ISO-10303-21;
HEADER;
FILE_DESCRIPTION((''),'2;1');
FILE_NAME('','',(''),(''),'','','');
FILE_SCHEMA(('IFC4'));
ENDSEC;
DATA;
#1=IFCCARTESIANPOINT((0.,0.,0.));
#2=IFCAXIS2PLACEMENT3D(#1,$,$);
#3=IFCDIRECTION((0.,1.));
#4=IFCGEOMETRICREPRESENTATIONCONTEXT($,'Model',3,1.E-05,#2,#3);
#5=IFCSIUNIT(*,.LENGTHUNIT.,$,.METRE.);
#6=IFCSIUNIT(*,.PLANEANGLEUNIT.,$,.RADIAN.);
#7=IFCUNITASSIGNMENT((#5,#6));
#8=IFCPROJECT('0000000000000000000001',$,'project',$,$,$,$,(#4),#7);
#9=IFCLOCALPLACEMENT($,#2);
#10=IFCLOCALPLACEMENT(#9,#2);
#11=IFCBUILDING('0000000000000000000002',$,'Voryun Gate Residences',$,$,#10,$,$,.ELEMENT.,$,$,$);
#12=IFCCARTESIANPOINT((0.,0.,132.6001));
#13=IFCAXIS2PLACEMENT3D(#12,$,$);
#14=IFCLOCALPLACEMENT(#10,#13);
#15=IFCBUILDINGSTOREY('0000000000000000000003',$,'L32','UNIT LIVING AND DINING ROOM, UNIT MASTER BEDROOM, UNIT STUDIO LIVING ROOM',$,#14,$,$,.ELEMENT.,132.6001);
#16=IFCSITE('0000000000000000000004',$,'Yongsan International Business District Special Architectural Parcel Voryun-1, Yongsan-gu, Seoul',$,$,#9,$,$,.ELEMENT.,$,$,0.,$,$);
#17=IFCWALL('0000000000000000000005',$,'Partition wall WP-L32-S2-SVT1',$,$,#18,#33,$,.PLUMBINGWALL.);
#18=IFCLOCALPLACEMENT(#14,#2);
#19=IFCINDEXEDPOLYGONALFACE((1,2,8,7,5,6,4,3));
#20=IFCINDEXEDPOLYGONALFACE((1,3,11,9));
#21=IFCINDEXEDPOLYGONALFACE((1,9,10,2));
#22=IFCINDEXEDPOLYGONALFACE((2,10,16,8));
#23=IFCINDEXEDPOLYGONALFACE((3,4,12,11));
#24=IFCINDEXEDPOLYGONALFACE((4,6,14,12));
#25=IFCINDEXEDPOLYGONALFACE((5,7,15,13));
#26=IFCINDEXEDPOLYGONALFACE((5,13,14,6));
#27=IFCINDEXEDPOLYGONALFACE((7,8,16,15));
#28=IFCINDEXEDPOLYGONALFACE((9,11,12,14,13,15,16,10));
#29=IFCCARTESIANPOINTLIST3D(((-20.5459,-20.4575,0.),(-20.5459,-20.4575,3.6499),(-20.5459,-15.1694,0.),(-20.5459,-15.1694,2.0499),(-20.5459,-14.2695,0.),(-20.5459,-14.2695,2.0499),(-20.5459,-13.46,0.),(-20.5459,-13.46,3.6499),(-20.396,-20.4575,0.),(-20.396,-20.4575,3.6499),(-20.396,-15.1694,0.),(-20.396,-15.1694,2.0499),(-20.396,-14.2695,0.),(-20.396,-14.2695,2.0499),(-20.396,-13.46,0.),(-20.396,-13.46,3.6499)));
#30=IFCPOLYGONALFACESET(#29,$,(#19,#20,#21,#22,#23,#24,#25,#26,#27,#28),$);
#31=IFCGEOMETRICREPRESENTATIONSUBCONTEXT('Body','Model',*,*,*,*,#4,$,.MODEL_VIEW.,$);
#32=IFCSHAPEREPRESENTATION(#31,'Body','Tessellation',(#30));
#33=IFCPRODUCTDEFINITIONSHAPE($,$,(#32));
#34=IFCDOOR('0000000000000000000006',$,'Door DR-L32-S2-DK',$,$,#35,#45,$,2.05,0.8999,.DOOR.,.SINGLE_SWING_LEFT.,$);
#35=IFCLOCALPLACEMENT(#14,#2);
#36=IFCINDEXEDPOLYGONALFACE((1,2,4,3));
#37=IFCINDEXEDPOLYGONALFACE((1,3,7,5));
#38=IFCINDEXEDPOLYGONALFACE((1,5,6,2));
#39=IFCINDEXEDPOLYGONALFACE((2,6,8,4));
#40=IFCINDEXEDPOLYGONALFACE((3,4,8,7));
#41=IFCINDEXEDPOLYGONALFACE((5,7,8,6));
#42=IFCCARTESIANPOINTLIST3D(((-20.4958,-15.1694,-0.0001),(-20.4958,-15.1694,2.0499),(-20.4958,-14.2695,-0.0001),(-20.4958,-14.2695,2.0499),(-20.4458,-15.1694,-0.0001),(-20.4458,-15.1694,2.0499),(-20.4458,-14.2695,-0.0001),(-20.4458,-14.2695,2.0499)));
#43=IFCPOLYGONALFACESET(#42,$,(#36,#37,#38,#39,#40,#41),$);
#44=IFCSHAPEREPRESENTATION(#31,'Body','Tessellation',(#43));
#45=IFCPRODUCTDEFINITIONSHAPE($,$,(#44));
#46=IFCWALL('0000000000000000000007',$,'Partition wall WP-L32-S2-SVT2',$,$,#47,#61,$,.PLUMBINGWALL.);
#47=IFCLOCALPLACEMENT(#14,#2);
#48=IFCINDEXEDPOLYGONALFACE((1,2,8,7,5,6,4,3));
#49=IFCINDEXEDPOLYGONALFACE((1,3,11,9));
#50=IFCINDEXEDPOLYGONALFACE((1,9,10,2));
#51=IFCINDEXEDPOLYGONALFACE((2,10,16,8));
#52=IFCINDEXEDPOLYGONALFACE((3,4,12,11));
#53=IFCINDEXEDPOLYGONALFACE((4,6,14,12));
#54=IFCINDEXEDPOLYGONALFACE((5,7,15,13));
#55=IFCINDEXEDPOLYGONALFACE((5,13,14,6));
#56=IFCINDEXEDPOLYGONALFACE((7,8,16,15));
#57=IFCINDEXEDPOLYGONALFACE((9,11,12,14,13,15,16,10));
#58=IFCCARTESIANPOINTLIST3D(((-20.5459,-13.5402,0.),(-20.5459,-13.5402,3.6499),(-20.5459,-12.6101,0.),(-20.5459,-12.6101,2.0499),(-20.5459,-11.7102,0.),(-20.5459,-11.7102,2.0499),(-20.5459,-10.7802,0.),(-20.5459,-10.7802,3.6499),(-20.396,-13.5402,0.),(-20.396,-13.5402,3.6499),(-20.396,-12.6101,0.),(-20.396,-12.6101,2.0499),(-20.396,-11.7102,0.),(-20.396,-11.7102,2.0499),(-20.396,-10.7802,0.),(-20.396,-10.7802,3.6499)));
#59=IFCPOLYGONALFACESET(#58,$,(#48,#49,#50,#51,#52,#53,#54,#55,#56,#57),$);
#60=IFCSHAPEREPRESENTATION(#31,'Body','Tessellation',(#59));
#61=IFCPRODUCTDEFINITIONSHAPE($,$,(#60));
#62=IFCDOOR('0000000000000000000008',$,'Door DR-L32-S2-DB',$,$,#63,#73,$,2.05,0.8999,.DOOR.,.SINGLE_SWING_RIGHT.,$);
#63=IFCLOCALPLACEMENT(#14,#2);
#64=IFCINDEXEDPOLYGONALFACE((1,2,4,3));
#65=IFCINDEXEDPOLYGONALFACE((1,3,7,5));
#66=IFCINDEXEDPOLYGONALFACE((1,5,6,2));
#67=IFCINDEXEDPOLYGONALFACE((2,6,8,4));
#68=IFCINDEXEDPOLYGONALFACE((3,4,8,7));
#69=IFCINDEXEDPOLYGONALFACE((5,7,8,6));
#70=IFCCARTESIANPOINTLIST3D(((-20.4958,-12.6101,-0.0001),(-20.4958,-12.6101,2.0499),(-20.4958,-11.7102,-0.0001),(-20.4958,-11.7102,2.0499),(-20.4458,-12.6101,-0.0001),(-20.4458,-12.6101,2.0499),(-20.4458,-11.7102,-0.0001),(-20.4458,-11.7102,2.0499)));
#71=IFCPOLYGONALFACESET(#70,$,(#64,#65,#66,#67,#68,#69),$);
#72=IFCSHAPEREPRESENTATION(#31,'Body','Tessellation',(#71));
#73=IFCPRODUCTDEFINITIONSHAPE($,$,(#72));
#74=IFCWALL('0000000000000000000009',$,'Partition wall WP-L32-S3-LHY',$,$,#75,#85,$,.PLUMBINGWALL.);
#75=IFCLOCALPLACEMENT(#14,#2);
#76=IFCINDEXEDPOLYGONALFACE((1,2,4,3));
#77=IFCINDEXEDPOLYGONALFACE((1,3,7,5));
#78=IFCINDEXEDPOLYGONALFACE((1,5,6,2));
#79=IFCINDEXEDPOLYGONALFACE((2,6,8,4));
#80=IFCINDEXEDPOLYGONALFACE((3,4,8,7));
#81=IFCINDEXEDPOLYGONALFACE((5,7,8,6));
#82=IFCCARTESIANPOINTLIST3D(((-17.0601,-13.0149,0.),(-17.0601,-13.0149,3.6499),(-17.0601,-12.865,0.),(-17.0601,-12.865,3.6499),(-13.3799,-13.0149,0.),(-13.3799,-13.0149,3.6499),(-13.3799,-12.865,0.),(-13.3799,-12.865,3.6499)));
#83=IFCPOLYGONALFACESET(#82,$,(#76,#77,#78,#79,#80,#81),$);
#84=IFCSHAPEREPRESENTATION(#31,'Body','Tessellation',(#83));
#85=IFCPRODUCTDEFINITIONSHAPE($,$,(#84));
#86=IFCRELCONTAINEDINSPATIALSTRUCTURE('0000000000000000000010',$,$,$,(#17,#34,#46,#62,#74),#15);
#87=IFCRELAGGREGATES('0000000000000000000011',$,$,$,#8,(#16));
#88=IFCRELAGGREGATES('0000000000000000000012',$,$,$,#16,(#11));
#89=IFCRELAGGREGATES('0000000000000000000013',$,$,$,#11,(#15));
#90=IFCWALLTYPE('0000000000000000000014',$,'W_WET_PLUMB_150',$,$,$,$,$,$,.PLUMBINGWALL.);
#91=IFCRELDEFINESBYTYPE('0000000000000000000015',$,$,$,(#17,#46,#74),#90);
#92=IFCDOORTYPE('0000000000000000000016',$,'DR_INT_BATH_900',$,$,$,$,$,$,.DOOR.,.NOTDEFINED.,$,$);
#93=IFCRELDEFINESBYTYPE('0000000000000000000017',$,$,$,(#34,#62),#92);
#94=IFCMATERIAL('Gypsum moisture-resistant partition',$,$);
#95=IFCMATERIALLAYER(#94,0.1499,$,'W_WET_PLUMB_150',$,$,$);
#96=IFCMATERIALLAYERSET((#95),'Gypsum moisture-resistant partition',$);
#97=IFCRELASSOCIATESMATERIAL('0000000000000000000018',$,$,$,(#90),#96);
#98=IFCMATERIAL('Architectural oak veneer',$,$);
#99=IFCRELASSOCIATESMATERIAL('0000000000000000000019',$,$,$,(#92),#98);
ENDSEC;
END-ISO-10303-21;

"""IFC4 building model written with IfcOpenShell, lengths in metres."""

from ifc_helpers import new_model, si_unit, direction, frame, frame_2d, origin, place, context, subcontext, project, spatial, rectangle, extrude, material, layer, layer_set, type_object, element, fill, save


model = new_model("IFC4")

# Units and contexts
model_context = context("Model", 3, precision=1e-05, world=origin(), true_north=direction((0.0, 1.0)))
body_context = subcontext(model_context, "Body", "Model", "MODEL_VIEW")
ifc_project = project(units=[si_unit("LENGTHUNIT", "METRE"), si_unit("PLANEANGLEUNIT", "RADIAN")], contexts=[model_context])

# Site, building, storey
site_placement = place(None, origin())
site = spatial("IfcSite", under=ifc_project, at=site_placement, Name="Yongsan International Business District Special Architectural Parcel Voryun-1, Yongsan-gu, Seoul", CompositionType="ELEMENT", RefElevation=0.0)
building_placement = place(site_placement, origin())
building = spatial("IfcBuilding", under=site, at=building_placement, Name="Voryun Gate Residences", CompositionType="ELEMENT")
storey_placement = place(building_placement, frame((0.0, 0.0, 132.6001)))
storey = spatial("IfcBuildingStorey", under=building, at=storey_placement, Name="L32", Description="UNIT LIVING AND DINING ROOM, UNIT MASTER BEDROOM, UNIT STUDIO LIVING ROOM", CompositionType="ELEMENT", Elevation=132.6001)

# Shared definitions
ifc_material_1 = material(Name="Gypsum moisture-resistant partition")
ifc_layer_1 = layer(ifc_material_1, 0.1499, Name="W_WET_PLUMB_150")
ifc_layer_set_1 = layer_set([ifc_layer_1], Name="Gypsum moisture-resistant partition")
wall_type_1 = type_object("IfcWallType", Name="W_WET_PLUMB_150", PredefinedType="PLUMBINGWALL", material=ifc_layer_set_1)
ifc_material_2 = material(Name="Architectural oak veneer")
door_type = type_object("IfcDoorType", Name="DR_INT_BATH_900", OperationType="NOTDEFINED", PredefinedType="DOOR", material=ifc_material_2)

# Walls, openings, doors
wall_1_placement = place(storey_placement, frame((-20.4709, -20.4575, 0.0), z_axis=(0.0, 0.0, 1.0), x_axis=(0.0, 1.0, 0.0)))
wall_1 = element("IfcWall", 1, at=wall_1_placement, inside=storey, type_object=wall_type_1, Name="Partition wall WP-L32-S2-SVT1", PredefinedType="PLUMBINGWALL", context=body_context, shape_type="SweptSolid", body=[
    extrude(rectangle(XDim=6.9976, YDim=0.1499, at=frame_2d((3.4988, 0.0))), origin(), (0.0, 0.0, 1.0), 3.6499),
])
opening_1_placement = place(wall_1_placement, frame((5.2881, 0.0, 0.0)))
opening_1 = element("IfcOpeningElement", 2, at=opening_1_placement, cuts=wall_1, PredefinedType="OPENING", context=body_context, shape_type="SweptSolid", body=[
    extrude(rectangle(XDim=0.8999, YDim=2.05, at=frame_2d((0.45, 1.0249))), frame((0.0, 0.085, 0.0), z_axis=(0.0, -1.0, 0.0), x_axis=(1.0, 0.0, 0.0)), (0.0, 0.0, 1.0), 0.1699),
])
door_1_placement = place(opening_1_placement, origin())
door_1 = element("IfcDoor", 3, at=door_1_placement, inside=storey, type_object=door_type, Name="Door DR-L32-S2-DK", OperationType="SINGLE_SWING_LEFT", OverallHeight=2.05, OverallWidth=0.8999, PredefinedType="DOOR", context=body_context, shape_type="SweptSolid", body=[
    extrude(rectangle(XDim=0.8999, YDim=2.05, at=frame_2d((0.45, 1.0249))), frame((0.0, 0.0249, 0.0), z_axis=(0.0, -1.0, 0.0), x_axis=(1.0, 0.0, 0.0)), (0.0, 0.0, 1.0), 0.05),
])
fill(opening_1, door_1)
wall_2_placement = place(storey_placement, frame((-20.4709, -13.54, 0.0), z_axis=(0.0, 0.0, 1.0), x_axis=(0.0, 1.0, 0.0)))
wall_2 = element("IfcWall", 4, at=wall_2_placement, inside=storey, type_object=wall_type_1, Name="Partition wall WP-L32-S2-SVT2", PredefinedType="PLUMBINGWALL", context=body_context, shape_type="SweptSolid", body=[
    extrude(rectangle(XDim=2.76, YDim=0.1499, at=frame_2d((1.3799, 0.0))), origin(), (0.0, 0.0, 1.0), 3.6499),
])
opening_2_placement = place(wall_2_placement, frame((0.9299, 0.0, 0.0)))
opening_2 = element("IfcOpeningElement", 5, at=opening_2_placement, cuts=wall_2, PredefinedType="OPENING", context=body_context, shape_type="SweptSolid", body=[
    extrude(rectangle(XDim=0.8999, YDim=2.05, at=frame_2d((0.45, 1.0249))), frame((0.0, 0.085, 0.0), z_axis=(0.0, -1.0, 0.0), x_axis=(1.0, 0.0, 0.0)), (0.0, 0.0, 1.0), 0.1699),
])
door_2_placement = place(opening_2_placement, origin())
door_2 = element("IfcDoor", 6, at=door_2_placement, inside=storey, type_object=door_type, Name="Door DR-L32-S2-DB", OperationType="SINGLE_SWING_RIGHT", OverallHeight=2.05, OverallWidth=0.8999, PredefinedType="DOOR", context=body_context, shape_type="SweptSolid", body=[
    extrude(rectangle(XDim=0.8999, YDim=2.05, at=frame_2d((0.45, 1.0249))), frame((0.0, 0.0249, 0.0), z_axis=(0.0, -1.0, 0.0), x_axis=(1.0, 0.0, 0.0)), (0.0, 0.0, 1.0), 0.05),
])
fill(opening_2, door_2)

# Wall
wall_3_placement = place(storey_placement, frame((-17.0601, -12.9399, 0.0), z_axis=(0.0, 0.0, 1.0), x_axis=(1.0, 0.0, 0.0)))
element("IfcWall", 7, at=wall_3_placement, inside=storey, type_object=wall_type_1, Name="Partition wall WP-L32-S3-LHY", PredefinedType="PLUMBINGWALL", context=body_context, shape_type="SweptSolid", body=[
    extrude(rectangle(XDim=3.6802, YDim=0.1499, at=frame_2d((1.8401, 0.0))), origin(), (0.0, 0.0, 1.0), 3.6499),
])

save(model, "model.ifc")
